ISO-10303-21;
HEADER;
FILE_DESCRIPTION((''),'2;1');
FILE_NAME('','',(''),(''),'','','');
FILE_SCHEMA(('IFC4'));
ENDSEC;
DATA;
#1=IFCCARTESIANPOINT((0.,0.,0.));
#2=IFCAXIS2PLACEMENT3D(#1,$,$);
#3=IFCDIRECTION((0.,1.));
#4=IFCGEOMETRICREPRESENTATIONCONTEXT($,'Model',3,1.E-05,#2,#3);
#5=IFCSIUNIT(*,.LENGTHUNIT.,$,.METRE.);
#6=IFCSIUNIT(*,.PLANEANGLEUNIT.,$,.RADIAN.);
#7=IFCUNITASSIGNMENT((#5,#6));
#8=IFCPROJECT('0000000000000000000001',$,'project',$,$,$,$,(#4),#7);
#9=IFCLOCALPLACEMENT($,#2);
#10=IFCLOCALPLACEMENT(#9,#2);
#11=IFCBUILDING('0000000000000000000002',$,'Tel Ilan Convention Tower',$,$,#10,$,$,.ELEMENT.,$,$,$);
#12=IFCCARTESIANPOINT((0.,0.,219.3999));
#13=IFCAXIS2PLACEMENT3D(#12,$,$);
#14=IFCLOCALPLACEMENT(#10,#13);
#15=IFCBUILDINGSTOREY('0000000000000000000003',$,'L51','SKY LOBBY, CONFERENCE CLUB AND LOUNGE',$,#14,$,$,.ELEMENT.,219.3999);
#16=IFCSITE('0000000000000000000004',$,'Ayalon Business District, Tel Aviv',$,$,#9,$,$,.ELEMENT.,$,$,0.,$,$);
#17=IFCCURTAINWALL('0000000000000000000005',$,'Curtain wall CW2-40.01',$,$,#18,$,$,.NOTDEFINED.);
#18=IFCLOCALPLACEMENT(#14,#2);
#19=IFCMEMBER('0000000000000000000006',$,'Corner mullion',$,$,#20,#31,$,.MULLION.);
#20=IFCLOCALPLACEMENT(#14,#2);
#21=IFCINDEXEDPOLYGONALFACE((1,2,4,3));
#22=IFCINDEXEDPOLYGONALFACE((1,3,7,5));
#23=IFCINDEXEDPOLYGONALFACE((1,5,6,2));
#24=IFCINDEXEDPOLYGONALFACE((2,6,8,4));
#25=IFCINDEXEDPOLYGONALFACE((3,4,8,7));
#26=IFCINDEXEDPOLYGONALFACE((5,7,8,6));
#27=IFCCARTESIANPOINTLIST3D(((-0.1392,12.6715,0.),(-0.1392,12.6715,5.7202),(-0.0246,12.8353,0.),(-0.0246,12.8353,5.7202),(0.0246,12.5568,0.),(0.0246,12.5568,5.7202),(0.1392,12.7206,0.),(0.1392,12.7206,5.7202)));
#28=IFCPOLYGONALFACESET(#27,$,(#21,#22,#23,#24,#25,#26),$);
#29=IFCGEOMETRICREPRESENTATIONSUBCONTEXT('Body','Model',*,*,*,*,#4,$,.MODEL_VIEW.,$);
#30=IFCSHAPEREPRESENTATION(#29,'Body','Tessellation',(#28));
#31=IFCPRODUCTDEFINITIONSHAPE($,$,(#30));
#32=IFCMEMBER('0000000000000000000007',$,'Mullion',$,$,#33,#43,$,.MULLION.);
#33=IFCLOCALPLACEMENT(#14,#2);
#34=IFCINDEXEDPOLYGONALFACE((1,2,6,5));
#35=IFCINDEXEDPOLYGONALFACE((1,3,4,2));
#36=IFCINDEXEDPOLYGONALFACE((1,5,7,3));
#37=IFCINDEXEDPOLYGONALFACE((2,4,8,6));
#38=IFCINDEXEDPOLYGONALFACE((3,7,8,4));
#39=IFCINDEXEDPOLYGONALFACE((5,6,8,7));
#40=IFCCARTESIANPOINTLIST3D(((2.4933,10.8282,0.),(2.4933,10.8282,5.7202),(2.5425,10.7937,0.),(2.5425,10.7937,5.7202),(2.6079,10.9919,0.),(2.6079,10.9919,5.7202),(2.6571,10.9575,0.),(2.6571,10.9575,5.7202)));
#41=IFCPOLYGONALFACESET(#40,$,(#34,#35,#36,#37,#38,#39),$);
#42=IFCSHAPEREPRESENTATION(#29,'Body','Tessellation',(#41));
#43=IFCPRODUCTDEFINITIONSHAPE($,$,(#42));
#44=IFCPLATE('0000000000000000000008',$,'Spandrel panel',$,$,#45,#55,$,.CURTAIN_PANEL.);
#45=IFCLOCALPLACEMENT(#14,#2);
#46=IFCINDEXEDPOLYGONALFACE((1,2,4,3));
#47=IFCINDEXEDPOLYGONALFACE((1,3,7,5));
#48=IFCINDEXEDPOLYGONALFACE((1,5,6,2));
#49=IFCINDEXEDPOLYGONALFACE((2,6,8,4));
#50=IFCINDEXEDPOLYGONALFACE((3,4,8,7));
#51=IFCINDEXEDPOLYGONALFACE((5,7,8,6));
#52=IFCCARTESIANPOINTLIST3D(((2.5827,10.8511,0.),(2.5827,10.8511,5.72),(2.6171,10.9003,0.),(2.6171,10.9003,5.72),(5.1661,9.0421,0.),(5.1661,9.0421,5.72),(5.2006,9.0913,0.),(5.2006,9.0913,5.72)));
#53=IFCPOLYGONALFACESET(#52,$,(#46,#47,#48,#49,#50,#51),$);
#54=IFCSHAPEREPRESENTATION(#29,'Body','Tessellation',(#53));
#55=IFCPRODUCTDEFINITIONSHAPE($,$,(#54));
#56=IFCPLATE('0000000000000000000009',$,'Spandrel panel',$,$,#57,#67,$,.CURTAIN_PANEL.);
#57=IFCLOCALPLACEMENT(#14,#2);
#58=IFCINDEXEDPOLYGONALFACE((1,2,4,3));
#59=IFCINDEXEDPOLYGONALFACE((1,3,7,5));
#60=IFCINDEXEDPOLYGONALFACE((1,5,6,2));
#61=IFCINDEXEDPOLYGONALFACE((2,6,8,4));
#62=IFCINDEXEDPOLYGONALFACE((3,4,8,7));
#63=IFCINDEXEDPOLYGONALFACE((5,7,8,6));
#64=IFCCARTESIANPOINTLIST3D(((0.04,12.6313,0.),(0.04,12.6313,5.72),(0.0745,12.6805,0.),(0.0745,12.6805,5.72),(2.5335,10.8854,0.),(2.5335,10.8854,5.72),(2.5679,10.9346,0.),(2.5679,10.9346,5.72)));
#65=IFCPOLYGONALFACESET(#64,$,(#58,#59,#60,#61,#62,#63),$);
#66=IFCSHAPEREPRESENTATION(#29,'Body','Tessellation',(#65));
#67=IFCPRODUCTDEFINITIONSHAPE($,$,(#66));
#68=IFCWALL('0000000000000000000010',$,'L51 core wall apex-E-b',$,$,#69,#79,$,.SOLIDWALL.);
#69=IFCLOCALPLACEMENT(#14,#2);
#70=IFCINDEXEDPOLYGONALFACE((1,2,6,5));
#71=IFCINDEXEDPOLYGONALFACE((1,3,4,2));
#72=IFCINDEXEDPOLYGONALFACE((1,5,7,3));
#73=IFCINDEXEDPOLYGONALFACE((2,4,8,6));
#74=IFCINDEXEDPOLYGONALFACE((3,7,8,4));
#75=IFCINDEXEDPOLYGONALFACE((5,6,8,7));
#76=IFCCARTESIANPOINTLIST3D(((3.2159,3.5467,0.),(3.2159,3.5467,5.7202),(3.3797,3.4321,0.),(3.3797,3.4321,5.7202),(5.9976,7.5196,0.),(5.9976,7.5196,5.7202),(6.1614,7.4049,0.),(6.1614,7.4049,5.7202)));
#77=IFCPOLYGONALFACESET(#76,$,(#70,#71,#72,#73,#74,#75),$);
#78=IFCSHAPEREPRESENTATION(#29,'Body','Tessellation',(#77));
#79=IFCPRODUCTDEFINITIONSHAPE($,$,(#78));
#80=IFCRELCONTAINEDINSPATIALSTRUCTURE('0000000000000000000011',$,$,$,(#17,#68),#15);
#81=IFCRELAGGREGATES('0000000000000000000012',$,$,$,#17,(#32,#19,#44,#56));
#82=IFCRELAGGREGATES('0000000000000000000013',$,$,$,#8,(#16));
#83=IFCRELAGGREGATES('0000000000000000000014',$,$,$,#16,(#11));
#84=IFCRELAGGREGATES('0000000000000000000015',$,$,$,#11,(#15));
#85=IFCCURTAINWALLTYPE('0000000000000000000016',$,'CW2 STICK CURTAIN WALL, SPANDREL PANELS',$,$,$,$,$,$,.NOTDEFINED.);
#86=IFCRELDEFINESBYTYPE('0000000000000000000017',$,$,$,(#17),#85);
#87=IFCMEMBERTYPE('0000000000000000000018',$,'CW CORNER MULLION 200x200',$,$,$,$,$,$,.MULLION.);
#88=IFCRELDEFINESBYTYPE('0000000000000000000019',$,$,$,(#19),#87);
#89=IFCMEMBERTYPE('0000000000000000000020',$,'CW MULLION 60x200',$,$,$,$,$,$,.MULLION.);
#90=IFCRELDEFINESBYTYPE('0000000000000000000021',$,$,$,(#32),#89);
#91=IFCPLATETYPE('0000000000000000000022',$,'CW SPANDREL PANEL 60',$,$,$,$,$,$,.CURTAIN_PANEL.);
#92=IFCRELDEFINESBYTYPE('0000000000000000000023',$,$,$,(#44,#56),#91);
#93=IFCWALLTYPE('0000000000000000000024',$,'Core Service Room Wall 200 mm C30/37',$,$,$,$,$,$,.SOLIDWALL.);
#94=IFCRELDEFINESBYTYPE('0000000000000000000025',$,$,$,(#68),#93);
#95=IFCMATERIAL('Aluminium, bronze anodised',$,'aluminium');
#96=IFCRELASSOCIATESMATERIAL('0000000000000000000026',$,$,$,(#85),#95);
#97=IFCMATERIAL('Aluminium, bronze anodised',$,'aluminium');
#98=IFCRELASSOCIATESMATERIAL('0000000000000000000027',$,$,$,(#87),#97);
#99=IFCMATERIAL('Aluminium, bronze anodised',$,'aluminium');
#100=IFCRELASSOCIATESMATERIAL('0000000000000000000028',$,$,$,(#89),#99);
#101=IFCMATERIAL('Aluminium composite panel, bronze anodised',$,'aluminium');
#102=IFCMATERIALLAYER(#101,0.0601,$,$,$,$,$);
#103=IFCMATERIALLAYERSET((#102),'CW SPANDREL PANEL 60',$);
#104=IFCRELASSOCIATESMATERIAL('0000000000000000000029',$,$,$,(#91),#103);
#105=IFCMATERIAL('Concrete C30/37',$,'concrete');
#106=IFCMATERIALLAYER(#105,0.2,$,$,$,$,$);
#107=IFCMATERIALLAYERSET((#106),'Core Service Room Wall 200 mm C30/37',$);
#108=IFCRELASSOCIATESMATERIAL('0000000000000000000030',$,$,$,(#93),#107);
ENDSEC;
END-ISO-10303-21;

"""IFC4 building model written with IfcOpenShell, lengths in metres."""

from ifc_helpers import new_model, si_unit, direction, frame, frame_2d, origin, origin_2d, place, context, subcontext, project, spatial, rectangle, extrude, material, layer, layer_set, material_profile, profile_set, type_object, element, aggregate, save


model = new_model("IFC4")

# Units and contexts
model_context = context("Model", 3, precision=1e-05, world=origin(), true_north=direction((0.0, 1.0)))
body_context = subcontext(model_context, "Body", "Model", "MODEL_VIEW")
ifc_project = project(units=[si_unit("LENGTHUNIT", "METRE"), si_unit("PLANEANGLEUNIT", "RADIAN")], contexts=[model_context])

# Site, building, storey
site_placement = place(None, origin())
site = spatial("IfcSite", under=ifc_project, at=site_placement, Name="Ayalon Business District, Tel Aviv", CompositionType="ELEMENT", RefElevation=0.0)
building_placement = place(site_placement, origin())
building = spatial("IfcBuilding", under=site, at=building_placement, Name="Tel Ilan Convention Tower", CompositionType="ELEMENT")
storey_placement = place(building_placement, frame((0.0, 0.0, 219.3999)))
storey = spatial("IfcBuildingStorey", under=building, at=storey_placement, Name="L51", Description="SKY LOBBY, CONFERENCE CLUB AND LOUNGE", CompositionType="ELEMENT", Elevation=219.3999)

# Curtain wall, members, plates
ifc_material_1 = material(Name="Aluminium, bronze anodised", Category="aluminium")
curtain_wall_type = type_object("IfcCurtainWallType", Name="CW2 STICK CURTAIN WALL, SPANDREL PANELS", PredefinedType="NOTDEFINED", material=ifc_material_1)
curtain_wall_placement = place(storey_placement, origin())
curtain_wall = element("IfcCurtainWall", 1, at=curtain_wall_placement, inside=storey, type_object=curtain_wall_type, Name="Curtain wall CW2-40.01", PredefinedType="NOTDEFINED")
ifc_material_2 = material(Name="Aluminium, bronze anodised", Category="aluminium")
ifc_material_profile_1 = material_profile(ifc_material_2, rectangle(XDim=0.2, YDim=0.2, at=origin_2d()), Name="CW CORNER MULLION 200x200")
ifc_profile_set_1 = profile_set([ifc_material_profile_1], Name="Aluminium, bronze anodised")
member_type_1 = type_object("IfcMemberType", Name="CW CORNER MULLION 200x200", PredefinedType="MULLION", material=ifc_profile_set_1)
member_1_placement = place(storey_placement, frame((0.0, 12.696, 0.0), z_axis=(0.0, 0.0, 1.0), x_axis=(-0.819152, 0.573576, 0.0)))
member_1 = element("IfcMember", 2, at=member_1_placement, type_object=member_type_1, Name="Corner mullion", PredefinedType="MULLION", context=body_context, shape_type="SweptSolid", body=[
    extrude(rectangle(XDim=0.2, YDim=0.2, at=origin_2d()), origin(), (0.0, 0.0, 1.0), 5.7202),
])
ifc_material_3 = material(Name="Aluminium, bronze anodised", Category="aluminium")
ifc_material_profile_2 = material_profile(ifc_material_3, rectangle(XDim=0.0601, YDim=0.2, at=origin_2d()), Name="CW MULLION 60x200")
ifc_profile_set_2 = profile_set([ifc_material_profile_2], Name="Aluminium, bronze anodised")
member_type_2 = type_object("IfcMemberType", Name="CW MULLION 60x200", PredefinedType="MULLION", material=ifc_profile_set_2)
member_2_placement = place(storey_placement, frame((2.5752, 10.8928, 0.0), z_axis=(0.0, 0.0, 1.0), x_axis=(-0.819152, 0.573576, 0.0)))
member_2 = element("IfcMember", 3, at=member_2_placement, type_object=member_type_2, Name="Mullion", PredefinedType="MULLION", context=body_context, shape_type="SweptSolid", body=[
    extrude(rectangle(XDim=0.0601, YDim=0.2, at=origin_2d()), origin(), (0.0, 0.0, 1.0), 5.7202),
])
ifc_material_4 = material(Name="Aluminium composite panel, bronze anodised", Category="aluminium")
ifc_layer_1 = layer(ifc_material_4, 0.0601)
ifc_layer_set_1 = layer_set([ifc_layer_1], Name="CW SPANDREL PANEL 60")
plate_type = type_object("IfcPlateType", Name="CW SPANDREL PANEL 60", PredefinedType="CURTAIN_PANEL", material=ifc_layer_set_1)
plate_1_placement = place(storey_placement, frame((3.8916, 9.9712, 0.0), z_axis=(0.0, 0.0, 1.0), x_axis=(-0.819152, 0.573576, 0.0)))
plate_1 = element("IfcPlate", 4, at=plate_1_placement, type_object=plate_type, Name="Spandrel panel", PredefinedType="CURTAIN_PANEL", context=body_context, shape_type="SweptSolid", body=[
    extrude(rectangle(XDim=3.1538, YDim=0.0601, at=origin_2d()), origin(), (0.0, 0.0, 1.0), 5.72),
])
plate_2_placement = place(storey_placement, frame((1.304, 11.783, 0.0), z_axis=(0.0, 0.0, 1.0), x_axis=(-0.819152, 0.573576, 0.0)))
plate_2 = element("IfcPlate", 5, at=plate_2_placement, type_object=plate_type, Name="Spandrel panel", PredefinedType="CURTAIN_PANEL", context=body_context, shape_type="SweptSolid", body=[
    extrude(rectangle(XDim=3.0439, YDim=0.0601, at=origin_2d()), origin(), (0.0, 0.0, 1.0), 5.72),
])
aggregate(curtain_wall, [member_2, member_1, plate_1, plate_2])

# Wall
ifc_material_5 = material(Name="Concrete C30/37", Category="concrete")
ifc_layer_2 = layer(ifc_material_5, 0.2)
ifc_layer_set_2 = layer_set([ifc_layer_2], Name="Core Service Room Wall 200 mm C30/37")
wall_type_1 = type_object("IfcWallType", Name="Core Service Room Wall 200 mm C30/37", PredefinedType="SOLIDWALL", material=ifc_layer_set_2)
wall_1_placement = place(storey_placement, frame((3.2979, 3.4895, 0.0), z_axis=(0.0, 0.0, 1.0), x_axis=(0.57356, 0.819163, 0.0)))
element("IfcWall", 6, at=wall_1_placement, inside=storey, type_object=wall_type_1, Name="L51 core wall apex-E-b", PredefinedType="SOLIDWALL", context=body_context, shape_type="SweptSolid", body=[
    extrude(rectangle(XDim=4.8499, YDim=0.2, at=frame_2d((2.4248, 0.0))), origin(), (0.0, 0.0, 1.0), 5.7202),
])

save(model, "model.ifc")
